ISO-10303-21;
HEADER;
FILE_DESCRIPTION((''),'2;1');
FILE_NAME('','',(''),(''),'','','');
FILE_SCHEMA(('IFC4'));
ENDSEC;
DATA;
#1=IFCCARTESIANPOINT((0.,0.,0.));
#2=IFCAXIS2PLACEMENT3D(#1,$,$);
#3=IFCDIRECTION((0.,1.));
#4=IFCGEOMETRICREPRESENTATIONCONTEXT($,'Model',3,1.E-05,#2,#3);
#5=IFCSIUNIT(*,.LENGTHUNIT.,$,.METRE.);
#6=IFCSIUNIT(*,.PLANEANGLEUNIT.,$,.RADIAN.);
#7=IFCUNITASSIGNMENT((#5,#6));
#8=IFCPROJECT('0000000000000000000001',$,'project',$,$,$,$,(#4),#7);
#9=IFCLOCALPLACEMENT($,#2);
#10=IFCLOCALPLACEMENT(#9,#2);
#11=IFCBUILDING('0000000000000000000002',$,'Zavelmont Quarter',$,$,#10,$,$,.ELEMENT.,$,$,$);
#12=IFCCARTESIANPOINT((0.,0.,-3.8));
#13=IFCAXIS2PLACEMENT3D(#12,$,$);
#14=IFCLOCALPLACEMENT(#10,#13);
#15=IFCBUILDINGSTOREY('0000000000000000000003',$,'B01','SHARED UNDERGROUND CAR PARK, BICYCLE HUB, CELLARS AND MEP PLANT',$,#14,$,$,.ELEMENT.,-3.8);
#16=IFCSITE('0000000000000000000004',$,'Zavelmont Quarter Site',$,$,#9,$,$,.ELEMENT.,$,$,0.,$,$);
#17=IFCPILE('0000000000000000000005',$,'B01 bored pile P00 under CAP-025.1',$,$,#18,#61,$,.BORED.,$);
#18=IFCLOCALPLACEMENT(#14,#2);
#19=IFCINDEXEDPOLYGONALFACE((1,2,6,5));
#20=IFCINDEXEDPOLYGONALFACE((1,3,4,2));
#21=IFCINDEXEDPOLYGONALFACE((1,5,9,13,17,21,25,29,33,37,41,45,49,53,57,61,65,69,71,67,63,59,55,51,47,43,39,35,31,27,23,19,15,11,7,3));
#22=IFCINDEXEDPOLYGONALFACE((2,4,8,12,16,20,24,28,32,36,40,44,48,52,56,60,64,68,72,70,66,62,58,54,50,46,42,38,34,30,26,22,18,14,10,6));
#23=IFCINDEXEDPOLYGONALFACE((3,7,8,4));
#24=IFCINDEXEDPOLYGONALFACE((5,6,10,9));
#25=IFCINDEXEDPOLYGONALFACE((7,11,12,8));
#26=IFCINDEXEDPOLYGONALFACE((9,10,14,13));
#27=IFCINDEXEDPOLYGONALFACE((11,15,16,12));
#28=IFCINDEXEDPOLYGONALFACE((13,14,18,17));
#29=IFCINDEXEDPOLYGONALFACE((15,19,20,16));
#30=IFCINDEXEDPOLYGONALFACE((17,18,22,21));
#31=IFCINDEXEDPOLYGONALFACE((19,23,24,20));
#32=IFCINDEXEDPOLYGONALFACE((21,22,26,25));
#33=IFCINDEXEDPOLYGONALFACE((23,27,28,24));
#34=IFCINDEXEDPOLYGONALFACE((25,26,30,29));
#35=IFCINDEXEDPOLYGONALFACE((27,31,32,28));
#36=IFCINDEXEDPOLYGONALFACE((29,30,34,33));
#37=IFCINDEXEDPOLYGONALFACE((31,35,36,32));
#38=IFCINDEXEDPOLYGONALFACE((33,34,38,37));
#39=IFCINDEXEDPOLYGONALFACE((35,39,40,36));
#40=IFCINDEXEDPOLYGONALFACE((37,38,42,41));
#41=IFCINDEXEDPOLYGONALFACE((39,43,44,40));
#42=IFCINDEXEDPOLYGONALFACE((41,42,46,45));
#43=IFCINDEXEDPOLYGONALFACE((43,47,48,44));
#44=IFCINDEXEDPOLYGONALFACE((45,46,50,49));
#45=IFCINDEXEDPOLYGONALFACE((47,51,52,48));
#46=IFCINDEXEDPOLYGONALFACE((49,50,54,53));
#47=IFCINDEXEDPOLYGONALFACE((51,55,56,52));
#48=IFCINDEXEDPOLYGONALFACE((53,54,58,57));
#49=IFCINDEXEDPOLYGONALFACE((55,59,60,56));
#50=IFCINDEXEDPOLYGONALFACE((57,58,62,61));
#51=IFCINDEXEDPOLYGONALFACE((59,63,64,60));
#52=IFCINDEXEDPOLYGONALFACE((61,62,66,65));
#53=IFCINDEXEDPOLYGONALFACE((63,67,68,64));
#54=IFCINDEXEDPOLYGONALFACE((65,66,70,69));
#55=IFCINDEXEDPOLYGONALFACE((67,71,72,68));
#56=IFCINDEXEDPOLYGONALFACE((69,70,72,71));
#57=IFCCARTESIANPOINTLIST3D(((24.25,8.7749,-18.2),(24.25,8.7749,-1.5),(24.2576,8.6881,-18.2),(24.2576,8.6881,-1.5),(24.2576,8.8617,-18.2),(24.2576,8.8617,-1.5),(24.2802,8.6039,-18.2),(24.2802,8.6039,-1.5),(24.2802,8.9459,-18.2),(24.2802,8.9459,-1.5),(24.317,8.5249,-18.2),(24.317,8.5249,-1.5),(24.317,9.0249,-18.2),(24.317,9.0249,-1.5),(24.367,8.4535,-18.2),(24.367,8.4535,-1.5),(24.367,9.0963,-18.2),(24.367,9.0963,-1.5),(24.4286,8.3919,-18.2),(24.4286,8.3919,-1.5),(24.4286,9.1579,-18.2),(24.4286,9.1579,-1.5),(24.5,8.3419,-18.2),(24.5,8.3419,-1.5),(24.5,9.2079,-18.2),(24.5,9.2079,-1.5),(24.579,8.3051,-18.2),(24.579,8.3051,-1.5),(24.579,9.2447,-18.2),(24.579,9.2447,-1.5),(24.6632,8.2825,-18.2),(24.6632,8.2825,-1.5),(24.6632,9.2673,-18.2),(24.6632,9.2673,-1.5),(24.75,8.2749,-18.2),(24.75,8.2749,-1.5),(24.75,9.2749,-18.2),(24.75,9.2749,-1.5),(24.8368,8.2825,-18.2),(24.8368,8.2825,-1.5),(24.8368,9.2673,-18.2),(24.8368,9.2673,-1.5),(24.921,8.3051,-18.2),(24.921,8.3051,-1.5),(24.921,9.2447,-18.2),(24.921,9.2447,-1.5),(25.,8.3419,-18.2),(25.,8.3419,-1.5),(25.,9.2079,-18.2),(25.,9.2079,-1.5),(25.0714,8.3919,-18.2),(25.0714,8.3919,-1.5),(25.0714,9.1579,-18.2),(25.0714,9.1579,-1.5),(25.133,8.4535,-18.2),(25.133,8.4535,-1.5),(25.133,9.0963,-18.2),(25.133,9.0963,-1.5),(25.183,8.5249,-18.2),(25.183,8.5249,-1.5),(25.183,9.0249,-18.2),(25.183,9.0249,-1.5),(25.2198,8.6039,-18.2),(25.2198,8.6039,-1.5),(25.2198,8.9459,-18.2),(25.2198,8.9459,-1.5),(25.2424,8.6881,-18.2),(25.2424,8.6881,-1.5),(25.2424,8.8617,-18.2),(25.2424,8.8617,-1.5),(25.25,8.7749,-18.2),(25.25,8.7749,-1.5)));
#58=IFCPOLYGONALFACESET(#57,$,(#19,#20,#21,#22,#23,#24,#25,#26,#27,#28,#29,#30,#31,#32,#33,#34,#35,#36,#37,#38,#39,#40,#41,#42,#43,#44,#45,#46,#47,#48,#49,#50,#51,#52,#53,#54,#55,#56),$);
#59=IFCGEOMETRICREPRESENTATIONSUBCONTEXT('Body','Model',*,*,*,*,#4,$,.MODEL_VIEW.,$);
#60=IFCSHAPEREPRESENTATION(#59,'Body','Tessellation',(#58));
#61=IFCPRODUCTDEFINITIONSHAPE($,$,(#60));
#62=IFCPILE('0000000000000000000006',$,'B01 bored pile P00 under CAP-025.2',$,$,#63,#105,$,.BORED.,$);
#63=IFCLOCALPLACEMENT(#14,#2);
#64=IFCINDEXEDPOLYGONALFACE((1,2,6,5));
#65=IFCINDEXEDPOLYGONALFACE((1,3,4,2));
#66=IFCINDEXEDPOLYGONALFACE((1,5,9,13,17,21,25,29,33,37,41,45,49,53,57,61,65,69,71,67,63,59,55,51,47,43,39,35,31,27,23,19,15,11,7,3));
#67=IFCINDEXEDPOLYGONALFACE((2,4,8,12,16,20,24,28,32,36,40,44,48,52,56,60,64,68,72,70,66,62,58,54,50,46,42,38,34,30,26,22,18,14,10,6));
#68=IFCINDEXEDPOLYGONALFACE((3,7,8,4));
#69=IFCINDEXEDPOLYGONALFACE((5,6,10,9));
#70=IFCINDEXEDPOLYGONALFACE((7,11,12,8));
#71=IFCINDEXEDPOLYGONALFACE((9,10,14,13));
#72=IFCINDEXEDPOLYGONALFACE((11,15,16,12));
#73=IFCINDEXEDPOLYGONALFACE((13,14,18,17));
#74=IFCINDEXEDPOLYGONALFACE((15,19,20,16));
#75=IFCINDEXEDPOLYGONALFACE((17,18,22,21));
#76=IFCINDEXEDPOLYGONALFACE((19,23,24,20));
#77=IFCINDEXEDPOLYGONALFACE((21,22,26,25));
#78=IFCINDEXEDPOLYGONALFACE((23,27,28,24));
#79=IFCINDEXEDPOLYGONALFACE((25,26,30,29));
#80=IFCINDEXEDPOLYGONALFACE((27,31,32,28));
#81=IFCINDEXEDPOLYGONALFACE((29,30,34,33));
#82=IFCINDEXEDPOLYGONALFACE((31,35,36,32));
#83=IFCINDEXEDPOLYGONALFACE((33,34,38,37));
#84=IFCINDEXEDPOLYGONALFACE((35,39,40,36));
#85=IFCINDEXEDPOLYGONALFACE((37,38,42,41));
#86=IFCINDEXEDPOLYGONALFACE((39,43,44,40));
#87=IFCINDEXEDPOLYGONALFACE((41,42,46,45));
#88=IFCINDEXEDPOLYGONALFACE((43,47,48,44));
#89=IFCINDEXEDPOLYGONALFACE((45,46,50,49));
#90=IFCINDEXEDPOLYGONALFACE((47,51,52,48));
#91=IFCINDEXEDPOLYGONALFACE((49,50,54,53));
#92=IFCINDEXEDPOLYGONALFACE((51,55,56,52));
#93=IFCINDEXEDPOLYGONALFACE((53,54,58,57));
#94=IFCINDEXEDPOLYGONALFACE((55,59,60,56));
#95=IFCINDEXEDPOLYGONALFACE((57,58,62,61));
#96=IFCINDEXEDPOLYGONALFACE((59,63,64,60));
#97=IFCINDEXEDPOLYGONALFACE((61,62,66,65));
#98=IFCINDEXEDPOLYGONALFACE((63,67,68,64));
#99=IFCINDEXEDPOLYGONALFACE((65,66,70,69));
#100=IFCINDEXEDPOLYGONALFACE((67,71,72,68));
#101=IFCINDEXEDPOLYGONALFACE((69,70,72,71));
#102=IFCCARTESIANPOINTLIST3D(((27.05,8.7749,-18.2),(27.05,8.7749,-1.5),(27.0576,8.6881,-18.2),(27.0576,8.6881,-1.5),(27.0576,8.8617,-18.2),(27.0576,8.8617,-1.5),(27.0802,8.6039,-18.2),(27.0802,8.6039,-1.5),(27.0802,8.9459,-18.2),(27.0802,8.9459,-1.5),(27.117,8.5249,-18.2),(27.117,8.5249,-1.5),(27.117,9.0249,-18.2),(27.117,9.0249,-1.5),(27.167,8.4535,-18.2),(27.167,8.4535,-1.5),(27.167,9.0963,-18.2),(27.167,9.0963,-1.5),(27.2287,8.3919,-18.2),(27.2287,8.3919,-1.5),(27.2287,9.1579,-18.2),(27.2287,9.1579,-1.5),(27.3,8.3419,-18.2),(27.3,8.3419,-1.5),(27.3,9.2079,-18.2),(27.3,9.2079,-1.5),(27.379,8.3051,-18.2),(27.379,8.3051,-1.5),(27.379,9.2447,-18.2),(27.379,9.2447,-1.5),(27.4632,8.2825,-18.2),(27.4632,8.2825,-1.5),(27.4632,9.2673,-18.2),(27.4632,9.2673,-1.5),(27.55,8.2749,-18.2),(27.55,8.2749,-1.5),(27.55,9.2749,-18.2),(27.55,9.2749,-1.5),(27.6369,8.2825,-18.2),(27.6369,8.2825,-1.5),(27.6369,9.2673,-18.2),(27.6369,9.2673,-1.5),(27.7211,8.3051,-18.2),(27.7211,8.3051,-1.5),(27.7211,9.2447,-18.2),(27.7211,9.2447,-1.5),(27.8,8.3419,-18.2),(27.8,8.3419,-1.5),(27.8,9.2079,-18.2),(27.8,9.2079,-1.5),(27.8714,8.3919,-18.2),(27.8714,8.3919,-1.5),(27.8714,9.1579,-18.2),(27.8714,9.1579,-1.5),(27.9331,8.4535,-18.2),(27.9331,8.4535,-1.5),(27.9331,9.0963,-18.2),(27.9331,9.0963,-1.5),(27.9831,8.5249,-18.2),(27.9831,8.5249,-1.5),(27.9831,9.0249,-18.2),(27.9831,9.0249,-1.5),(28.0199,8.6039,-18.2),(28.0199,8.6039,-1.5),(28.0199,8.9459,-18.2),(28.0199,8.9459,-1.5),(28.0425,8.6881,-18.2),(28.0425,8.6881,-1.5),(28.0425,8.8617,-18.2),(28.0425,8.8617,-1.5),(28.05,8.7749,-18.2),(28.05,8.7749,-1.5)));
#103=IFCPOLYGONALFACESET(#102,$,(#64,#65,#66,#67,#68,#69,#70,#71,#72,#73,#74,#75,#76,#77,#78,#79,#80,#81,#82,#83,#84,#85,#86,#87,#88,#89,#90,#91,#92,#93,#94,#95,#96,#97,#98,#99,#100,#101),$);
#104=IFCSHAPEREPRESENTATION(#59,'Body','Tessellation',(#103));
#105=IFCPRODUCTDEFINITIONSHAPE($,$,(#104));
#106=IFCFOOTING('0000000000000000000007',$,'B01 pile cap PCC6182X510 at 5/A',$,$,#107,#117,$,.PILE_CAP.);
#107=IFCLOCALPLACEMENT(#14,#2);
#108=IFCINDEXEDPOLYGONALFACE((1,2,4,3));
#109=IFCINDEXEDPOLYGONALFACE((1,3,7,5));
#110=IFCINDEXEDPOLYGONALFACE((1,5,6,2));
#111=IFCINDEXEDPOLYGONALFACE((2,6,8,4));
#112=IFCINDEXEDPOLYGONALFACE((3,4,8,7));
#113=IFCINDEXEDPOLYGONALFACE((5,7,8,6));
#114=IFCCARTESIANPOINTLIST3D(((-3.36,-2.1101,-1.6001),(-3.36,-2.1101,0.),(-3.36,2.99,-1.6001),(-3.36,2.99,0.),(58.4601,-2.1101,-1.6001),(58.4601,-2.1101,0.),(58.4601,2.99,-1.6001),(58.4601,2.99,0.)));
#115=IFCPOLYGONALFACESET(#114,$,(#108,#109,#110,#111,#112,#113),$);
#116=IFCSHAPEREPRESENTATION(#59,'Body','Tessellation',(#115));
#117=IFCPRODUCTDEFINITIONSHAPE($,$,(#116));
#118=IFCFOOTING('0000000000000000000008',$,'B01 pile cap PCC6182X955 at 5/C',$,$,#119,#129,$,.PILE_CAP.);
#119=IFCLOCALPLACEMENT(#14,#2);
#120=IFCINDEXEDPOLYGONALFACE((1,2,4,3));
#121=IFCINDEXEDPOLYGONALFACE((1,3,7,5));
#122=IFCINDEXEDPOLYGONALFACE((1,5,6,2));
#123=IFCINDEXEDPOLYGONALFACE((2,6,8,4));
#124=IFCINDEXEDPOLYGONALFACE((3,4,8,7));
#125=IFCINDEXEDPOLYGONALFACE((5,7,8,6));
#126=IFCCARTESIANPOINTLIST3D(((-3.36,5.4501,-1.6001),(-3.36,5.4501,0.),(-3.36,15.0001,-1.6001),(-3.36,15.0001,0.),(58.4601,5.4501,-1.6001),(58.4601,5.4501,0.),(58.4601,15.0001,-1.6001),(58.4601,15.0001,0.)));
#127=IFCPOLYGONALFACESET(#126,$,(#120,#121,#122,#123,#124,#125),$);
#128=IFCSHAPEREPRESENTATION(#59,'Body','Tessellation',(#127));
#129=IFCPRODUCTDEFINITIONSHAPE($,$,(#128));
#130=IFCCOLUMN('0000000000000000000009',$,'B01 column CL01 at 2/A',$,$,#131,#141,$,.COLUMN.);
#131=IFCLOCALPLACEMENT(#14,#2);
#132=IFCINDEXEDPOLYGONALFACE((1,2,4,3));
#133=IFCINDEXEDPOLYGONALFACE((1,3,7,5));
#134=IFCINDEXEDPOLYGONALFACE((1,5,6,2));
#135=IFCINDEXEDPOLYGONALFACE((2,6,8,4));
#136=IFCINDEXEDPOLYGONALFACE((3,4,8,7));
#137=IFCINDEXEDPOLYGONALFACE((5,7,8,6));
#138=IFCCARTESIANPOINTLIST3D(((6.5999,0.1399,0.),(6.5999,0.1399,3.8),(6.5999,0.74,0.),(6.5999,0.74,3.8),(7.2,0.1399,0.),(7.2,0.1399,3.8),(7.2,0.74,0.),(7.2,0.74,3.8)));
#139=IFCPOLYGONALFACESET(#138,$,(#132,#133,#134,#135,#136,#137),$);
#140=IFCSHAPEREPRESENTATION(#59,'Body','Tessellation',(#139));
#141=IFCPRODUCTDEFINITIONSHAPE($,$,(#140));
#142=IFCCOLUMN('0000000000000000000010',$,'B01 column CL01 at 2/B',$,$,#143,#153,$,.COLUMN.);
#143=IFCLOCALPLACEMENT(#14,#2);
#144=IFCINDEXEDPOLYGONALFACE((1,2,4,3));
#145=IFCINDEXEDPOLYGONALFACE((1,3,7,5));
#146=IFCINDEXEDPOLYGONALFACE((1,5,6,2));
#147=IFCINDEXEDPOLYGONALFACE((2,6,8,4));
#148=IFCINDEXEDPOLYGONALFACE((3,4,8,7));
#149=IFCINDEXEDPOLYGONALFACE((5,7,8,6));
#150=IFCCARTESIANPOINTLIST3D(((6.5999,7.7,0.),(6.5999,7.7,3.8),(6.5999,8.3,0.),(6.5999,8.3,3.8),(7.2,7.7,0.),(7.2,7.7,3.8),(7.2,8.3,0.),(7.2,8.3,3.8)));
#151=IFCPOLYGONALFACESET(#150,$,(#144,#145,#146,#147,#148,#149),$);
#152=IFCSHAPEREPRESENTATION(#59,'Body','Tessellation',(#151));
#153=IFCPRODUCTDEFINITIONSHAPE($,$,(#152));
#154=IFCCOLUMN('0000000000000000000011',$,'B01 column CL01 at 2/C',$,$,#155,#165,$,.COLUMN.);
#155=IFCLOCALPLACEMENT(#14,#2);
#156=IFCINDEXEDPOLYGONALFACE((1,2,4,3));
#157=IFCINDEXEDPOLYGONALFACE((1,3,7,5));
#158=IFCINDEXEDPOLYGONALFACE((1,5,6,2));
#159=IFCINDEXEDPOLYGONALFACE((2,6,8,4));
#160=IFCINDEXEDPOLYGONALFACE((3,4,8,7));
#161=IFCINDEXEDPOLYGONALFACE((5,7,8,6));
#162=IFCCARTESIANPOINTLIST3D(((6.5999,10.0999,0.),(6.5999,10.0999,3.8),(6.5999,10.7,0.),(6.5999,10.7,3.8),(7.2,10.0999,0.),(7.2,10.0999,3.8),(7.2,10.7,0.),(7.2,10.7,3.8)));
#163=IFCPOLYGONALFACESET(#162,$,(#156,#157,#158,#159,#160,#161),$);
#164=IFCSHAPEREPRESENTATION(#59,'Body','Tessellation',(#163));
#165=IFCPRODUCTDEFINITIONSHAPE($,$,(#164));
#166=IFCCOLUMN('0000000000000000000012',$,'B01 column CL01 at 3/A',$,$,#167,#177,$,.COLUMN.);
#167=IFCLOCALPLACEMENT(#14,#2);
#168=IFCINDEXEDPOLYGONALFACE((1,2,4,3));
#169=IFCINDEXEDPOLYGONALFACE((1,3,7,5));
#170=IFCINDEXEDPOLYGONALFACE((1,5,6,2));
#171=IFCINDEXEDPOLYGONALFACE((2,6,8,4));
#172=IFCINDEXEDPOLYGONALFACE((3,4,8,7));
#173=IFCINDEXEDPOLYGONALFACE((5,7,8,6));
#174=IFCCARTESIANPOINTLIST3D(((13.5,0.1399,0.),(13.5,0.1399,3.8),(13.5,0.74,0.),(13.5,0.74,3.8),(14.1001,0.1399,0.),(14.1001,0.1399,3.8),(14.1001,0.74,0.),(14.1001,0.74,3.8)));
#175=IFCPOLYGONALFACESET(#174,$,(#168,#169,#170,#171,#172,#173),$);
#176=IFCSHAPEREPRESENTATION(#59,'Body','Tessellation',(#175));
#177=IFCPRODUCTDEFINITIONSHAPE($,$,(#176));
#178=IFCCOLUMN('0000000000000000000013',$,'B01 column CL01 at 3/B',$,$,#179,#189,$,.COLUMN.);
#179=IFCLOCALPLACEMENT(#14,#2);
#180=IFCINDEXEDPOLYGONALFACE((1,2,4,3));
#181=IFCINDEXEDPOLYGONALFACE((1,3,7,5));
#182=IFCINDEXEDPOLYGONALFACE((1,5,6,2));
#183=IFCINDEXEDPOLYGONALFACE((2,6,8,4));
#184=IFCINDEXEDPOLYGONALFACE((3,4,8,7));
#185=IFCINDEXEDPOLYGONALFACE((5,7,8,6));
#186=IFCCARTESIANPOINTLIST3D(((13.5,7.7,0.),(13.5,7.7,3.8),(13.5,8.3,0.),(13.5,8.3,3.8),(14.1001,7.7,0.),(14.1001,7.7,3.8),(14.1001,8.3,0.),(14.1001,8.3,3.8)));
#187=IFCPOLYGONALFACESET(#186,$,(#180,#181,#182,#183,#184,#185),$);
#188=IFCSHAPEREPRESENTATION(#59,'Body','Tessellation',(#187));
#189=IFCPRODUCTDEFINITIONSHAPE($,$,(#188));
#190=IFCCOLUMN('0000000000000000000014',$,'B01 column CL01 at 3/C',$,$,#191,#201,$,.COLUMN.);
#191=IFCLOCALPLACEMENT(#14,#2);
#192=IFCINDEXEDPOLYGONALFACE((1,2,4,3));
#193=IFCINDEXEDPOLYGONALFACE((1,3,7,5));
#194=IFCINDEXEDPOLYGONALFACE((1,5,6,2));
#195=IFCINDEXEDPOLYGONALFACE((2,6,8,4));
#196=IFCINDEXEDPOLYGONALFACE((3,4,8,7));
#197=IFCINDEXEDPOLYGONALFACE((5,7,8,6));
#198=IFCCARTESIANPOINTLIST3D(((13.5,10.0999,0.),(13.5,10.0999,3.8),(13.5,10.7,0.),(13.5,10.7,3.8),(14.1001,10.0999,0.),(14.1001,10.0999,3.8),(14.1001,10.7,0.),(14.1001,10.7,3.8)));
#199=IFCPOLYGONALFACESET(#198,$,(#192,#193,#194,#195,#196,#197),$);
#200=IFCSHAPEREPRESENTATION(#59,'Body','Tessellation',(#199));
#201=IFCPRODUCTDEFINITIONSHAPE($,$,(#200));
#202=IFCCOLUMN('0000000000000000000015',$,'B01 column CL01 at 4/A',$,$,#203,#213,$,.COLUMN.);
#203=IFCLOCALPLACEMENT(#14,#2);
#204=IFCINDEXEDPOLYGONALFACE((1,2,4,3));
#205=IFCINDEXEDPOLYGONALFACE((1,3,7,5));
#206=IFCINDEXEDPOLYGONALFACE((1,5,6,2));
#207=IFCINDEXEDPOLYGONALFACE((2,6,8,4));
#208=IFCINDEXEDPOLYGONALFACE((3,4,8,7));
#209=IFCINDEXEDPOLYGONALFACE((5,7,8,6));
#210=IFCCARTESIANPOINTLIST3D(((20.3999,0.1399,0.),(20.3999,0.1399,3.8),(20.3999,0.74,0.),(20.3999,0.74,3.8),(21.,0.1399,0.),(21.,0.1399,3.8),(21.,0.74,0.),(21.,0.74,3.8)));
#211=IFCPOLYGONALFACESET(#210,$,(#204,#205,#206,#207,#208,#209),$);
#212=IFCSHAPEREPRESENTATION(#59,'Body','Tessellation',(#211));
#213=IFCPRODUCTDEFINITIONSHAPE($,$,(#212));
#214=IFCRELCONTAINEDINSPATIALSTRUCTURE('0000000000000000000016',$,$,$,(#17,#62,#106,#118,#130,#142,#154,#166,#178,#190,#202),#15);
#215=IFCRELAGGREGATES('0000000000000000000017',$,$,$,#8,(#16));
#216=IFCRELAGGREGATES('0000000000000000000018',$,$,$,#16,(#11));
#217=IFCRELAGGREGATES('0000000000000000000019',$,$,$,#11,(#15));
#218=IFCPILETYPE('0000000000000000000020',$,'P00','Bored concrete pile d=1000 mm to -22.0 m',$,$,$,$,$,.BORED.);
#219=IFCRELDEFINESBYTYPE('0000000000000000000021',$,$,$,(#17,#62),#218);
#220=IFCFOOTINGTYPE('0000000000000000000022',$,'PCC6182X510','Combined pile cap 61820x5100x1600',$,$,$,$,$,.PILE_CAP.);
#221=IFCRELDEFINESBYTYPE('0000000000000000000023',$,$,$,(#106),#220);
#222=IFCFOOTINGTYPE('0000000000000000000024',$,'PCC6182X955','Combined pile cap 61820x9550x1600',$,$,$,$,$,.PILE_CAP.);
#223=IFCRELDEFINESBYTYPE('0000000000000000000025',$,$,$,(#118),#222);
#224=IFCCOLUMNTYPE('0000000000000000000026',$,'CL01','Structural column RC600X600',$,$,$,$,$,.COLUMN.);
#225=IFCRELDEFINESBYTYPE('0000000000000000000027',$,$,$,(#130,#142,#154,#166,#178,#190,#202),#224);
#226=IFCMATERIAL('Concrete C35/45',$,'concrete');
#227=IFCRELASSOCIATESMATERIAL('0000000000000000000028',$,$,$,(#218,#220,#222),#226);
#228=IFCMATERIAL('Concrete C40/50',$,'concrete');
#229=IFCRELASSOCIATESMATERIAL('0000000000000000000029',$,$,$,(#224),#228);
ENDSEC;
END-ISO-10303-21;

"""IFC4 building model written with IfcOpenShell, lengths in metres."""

from ifc_helpers import new_model, si_unit, direction, frame, origin, origin_2d, place, context, subcontext, project, spatial, rectangle, circle, extrude, material, material_profile, profile_set, type_object, element, save


model = new_model("IFC4")

# Units and contexts
model_context = context("Model", 3, precision=1e-05, world=origin(), true_north=direction((0.0, 1.0)))
body_context = subcontext(model_context, "Body", "Model", "MODEL_VIEW")
ifc_project = project(units=[si_unit("LENGTHUNIT", "METRE"), si_unit("PLANEANGLEUNIT", "RADIAN")], contexts=[model_context])

# Site, building, storey
site_placement = place(None, origin())
site = spatial("IfcSite", under=ifc_project, at=site_placement, Name="Zavelmont Quarter Site", CompositionType="ELEMENT", RefElevation=0.0)
building_placement = place(site_placement, origin())
building = spatial("IfcBuilding", under=site, at=building_placement, Name="Zavelmont Quarter", CompositionType="ELEMENT")
storey_placement = place(building_placement, frame((0.0, 0.0, -3.8)))
storey = spatial("IfcBuildingStorey", under=building, at=storey_placement, Name="B01", Description="SHARED UNDERGROUND CAR PARK, BICYCLE HUB, CELLARS AND MEP PLANT", CompositionType="ELEMENT", Elevation=-3.8)

# Shared definitions
ifc_material_1 = material(Name="Concrete C35/45", Category="concrete")

# Piles
ifc_material_profile_1 = material_profile(ifc_material_1, circle(Radius=0.5, at=origin_2d()), Name="BP1000")
ifc_profile_set_1 = profile_set([ifc_material_profile_1], Name="Concrete C35/45")
pile_type = type_object("IfcPileType", Name="P00", Description="Bored concrete pile d=1000 mm to -22.0 m", PredefinedType="BORED", material=ifc_profile_set_1)
for number, where, z_axis, x_axis, name in (
    (1, (24.75, 8.7749, -1.5), (0.0, 0.0, -1.0), (1.0, 0.0, 0.0), "B01 bored pile P00 under CAP-025.1"),
    (2, (27.55, 8.7749, -1.5), (0.0, 0.0, -1.0), (1.0, 0.0, 0.0), "B01 bored pile P00 under CAP-025.2"),
):
    element("IfcPile", number, at=place(storey_placement, frame(where, z_axis=z_axis, x_axis=x_axis)), inside=storey, type_object=pile_type, Name=name, PredefinedType="BORED", context=body_context, shape_type="SweptSolid", body=[
        extrude(circle(Radius=0.5, at=origin_2d()), origin(), (0.0, 0.0, 1.0), 16.7),
    ])

# Footings
footing_type_1 = type_object("IfcFootingType", Name="PCC6182X510", Description="Combined pile cap 61820x5100x1600", PredefinedType="PILE_CAP", material=ifc_material_1)
footing_1_placement = place(storey_placement, frame((27.55, 0.4399, -1.6001), z_axis=(0.0, 0.0, 1.0), x_axis=(1.0, 0.0, 0.0)))
element("IfcFooting", 3, at=footing_1_placement, inside=storey, type_object=footing_type_1, Name="B01 pile cap PCC6182X510 at 5/A", PredefinedType="PILE_CAP", context=body_context, shape_type="SweptSolid", body=[
    extrude(rectangle(XDim=61.8201, YDim=5.1001, at=origin_2d()), origin(), (0.0, 0.0, 1.0), 1.6001),
])
footing_type_2 = type_object("IfcFootingType", Name="PCC6182X955", Description="Combined pile cap 61820x9550x1600", PredefinedType="PILE_CAP", material=ifc_material_1)
footing_2_placement = place(storey_placement, frame((27.55, 10.2251, -1.6001), z_axis=(0.0, 0.0, 1.0), x_axis=(1.0, 0.0, 0.0)))
element("IfcFooting", 4, at=footing_2_placement, inside=storey, type_object=footing_type_2, Name="B01 pile cap PCC6182X955 at 5/C", PredefinedType="PILE_CAP", context=body_context, shape_type="SweptSolid", body=[
    extrude(rectangle(XDim=61.8201, YDim=9.55, at=origin_2d()), origin(), (0.0, 0.0, 1.0), 1.6001),
])

# Columns
ifc_material_2 = material(Name="Concrete C40/50", Category="concrete")
ifc_material_profile_2 = material_profile(ifc_material_2, rectangle(XDim=0.6001, YDim=0.6001, at=origin_2d()), Name="RC600X600")
ifc_profile_set_2 = profile_set([ifc_material_profile_2], Name="Concrete C40/50")
column_type_1 = type_object("IfcColumnType", Name="CL01", Description="Structural column RC600X600", PredefinedType="COLUMN", material=ifc_profile_set_2)
for number, where, z_axis, x_axis, name in (
    (5, (6.8999, 0.4399, 0.0), (0.0, 0.0, 1.0), (1.0, 0.0, 0.0), "B01 column CL01 at 2/A"),
    (6, (6.8999, 8.0, 0.0), (0.0, 0.0, 1.0), (1.0, 0.0, 0.0), "B01 column CL01 at 2/B"),
    (7, (6.8999, 10.3999, 0.0), (0.0, 0.0, 1.0), (1.0, 0.0, 0.0), "B01 column CL01 at 2/C"),
    (8, (13.8, 0.4399, 0.0), (0.0, 0.0, 1.0), (1.0, 0.0, 0.0), "B01 column CL01 at 3/A"),
    (9, (13.8, 8.0, 0.0), (0.0, 0.0, 1.0), (1.0, 0.0, 0.0), "B01 column CL01 at 3/B"),
    (10, (13.8, 10.3999, 0.0), (0.0, 0.0, 1.0), (1.0, 0.0, 0.0), "B01 column CL01 at 3/C"),
    (11, (20.7, 0.4399, 0.0), (0.0, 0.0, 1.0), (1.0, 0.0, 0.0), "B01 column CL01 at 4/A"),
):
    element("IfcColumn", number, at=place(storey_placement, frame(where, z_axis=z_axis, x_axis=x_axis)), inside=storey, type_object=column_type_1, Name=name, PredefinedType="COLUMN", context=body_context, shape_type="SweptSolid", body=[
        extrude(rectangle(XDim=0.6001, YDim=0.6001, at=origin_2d()), origin(), (0.0, 0.0, 1.0), 3.8),
    ])

save(model, "model.ifc")
